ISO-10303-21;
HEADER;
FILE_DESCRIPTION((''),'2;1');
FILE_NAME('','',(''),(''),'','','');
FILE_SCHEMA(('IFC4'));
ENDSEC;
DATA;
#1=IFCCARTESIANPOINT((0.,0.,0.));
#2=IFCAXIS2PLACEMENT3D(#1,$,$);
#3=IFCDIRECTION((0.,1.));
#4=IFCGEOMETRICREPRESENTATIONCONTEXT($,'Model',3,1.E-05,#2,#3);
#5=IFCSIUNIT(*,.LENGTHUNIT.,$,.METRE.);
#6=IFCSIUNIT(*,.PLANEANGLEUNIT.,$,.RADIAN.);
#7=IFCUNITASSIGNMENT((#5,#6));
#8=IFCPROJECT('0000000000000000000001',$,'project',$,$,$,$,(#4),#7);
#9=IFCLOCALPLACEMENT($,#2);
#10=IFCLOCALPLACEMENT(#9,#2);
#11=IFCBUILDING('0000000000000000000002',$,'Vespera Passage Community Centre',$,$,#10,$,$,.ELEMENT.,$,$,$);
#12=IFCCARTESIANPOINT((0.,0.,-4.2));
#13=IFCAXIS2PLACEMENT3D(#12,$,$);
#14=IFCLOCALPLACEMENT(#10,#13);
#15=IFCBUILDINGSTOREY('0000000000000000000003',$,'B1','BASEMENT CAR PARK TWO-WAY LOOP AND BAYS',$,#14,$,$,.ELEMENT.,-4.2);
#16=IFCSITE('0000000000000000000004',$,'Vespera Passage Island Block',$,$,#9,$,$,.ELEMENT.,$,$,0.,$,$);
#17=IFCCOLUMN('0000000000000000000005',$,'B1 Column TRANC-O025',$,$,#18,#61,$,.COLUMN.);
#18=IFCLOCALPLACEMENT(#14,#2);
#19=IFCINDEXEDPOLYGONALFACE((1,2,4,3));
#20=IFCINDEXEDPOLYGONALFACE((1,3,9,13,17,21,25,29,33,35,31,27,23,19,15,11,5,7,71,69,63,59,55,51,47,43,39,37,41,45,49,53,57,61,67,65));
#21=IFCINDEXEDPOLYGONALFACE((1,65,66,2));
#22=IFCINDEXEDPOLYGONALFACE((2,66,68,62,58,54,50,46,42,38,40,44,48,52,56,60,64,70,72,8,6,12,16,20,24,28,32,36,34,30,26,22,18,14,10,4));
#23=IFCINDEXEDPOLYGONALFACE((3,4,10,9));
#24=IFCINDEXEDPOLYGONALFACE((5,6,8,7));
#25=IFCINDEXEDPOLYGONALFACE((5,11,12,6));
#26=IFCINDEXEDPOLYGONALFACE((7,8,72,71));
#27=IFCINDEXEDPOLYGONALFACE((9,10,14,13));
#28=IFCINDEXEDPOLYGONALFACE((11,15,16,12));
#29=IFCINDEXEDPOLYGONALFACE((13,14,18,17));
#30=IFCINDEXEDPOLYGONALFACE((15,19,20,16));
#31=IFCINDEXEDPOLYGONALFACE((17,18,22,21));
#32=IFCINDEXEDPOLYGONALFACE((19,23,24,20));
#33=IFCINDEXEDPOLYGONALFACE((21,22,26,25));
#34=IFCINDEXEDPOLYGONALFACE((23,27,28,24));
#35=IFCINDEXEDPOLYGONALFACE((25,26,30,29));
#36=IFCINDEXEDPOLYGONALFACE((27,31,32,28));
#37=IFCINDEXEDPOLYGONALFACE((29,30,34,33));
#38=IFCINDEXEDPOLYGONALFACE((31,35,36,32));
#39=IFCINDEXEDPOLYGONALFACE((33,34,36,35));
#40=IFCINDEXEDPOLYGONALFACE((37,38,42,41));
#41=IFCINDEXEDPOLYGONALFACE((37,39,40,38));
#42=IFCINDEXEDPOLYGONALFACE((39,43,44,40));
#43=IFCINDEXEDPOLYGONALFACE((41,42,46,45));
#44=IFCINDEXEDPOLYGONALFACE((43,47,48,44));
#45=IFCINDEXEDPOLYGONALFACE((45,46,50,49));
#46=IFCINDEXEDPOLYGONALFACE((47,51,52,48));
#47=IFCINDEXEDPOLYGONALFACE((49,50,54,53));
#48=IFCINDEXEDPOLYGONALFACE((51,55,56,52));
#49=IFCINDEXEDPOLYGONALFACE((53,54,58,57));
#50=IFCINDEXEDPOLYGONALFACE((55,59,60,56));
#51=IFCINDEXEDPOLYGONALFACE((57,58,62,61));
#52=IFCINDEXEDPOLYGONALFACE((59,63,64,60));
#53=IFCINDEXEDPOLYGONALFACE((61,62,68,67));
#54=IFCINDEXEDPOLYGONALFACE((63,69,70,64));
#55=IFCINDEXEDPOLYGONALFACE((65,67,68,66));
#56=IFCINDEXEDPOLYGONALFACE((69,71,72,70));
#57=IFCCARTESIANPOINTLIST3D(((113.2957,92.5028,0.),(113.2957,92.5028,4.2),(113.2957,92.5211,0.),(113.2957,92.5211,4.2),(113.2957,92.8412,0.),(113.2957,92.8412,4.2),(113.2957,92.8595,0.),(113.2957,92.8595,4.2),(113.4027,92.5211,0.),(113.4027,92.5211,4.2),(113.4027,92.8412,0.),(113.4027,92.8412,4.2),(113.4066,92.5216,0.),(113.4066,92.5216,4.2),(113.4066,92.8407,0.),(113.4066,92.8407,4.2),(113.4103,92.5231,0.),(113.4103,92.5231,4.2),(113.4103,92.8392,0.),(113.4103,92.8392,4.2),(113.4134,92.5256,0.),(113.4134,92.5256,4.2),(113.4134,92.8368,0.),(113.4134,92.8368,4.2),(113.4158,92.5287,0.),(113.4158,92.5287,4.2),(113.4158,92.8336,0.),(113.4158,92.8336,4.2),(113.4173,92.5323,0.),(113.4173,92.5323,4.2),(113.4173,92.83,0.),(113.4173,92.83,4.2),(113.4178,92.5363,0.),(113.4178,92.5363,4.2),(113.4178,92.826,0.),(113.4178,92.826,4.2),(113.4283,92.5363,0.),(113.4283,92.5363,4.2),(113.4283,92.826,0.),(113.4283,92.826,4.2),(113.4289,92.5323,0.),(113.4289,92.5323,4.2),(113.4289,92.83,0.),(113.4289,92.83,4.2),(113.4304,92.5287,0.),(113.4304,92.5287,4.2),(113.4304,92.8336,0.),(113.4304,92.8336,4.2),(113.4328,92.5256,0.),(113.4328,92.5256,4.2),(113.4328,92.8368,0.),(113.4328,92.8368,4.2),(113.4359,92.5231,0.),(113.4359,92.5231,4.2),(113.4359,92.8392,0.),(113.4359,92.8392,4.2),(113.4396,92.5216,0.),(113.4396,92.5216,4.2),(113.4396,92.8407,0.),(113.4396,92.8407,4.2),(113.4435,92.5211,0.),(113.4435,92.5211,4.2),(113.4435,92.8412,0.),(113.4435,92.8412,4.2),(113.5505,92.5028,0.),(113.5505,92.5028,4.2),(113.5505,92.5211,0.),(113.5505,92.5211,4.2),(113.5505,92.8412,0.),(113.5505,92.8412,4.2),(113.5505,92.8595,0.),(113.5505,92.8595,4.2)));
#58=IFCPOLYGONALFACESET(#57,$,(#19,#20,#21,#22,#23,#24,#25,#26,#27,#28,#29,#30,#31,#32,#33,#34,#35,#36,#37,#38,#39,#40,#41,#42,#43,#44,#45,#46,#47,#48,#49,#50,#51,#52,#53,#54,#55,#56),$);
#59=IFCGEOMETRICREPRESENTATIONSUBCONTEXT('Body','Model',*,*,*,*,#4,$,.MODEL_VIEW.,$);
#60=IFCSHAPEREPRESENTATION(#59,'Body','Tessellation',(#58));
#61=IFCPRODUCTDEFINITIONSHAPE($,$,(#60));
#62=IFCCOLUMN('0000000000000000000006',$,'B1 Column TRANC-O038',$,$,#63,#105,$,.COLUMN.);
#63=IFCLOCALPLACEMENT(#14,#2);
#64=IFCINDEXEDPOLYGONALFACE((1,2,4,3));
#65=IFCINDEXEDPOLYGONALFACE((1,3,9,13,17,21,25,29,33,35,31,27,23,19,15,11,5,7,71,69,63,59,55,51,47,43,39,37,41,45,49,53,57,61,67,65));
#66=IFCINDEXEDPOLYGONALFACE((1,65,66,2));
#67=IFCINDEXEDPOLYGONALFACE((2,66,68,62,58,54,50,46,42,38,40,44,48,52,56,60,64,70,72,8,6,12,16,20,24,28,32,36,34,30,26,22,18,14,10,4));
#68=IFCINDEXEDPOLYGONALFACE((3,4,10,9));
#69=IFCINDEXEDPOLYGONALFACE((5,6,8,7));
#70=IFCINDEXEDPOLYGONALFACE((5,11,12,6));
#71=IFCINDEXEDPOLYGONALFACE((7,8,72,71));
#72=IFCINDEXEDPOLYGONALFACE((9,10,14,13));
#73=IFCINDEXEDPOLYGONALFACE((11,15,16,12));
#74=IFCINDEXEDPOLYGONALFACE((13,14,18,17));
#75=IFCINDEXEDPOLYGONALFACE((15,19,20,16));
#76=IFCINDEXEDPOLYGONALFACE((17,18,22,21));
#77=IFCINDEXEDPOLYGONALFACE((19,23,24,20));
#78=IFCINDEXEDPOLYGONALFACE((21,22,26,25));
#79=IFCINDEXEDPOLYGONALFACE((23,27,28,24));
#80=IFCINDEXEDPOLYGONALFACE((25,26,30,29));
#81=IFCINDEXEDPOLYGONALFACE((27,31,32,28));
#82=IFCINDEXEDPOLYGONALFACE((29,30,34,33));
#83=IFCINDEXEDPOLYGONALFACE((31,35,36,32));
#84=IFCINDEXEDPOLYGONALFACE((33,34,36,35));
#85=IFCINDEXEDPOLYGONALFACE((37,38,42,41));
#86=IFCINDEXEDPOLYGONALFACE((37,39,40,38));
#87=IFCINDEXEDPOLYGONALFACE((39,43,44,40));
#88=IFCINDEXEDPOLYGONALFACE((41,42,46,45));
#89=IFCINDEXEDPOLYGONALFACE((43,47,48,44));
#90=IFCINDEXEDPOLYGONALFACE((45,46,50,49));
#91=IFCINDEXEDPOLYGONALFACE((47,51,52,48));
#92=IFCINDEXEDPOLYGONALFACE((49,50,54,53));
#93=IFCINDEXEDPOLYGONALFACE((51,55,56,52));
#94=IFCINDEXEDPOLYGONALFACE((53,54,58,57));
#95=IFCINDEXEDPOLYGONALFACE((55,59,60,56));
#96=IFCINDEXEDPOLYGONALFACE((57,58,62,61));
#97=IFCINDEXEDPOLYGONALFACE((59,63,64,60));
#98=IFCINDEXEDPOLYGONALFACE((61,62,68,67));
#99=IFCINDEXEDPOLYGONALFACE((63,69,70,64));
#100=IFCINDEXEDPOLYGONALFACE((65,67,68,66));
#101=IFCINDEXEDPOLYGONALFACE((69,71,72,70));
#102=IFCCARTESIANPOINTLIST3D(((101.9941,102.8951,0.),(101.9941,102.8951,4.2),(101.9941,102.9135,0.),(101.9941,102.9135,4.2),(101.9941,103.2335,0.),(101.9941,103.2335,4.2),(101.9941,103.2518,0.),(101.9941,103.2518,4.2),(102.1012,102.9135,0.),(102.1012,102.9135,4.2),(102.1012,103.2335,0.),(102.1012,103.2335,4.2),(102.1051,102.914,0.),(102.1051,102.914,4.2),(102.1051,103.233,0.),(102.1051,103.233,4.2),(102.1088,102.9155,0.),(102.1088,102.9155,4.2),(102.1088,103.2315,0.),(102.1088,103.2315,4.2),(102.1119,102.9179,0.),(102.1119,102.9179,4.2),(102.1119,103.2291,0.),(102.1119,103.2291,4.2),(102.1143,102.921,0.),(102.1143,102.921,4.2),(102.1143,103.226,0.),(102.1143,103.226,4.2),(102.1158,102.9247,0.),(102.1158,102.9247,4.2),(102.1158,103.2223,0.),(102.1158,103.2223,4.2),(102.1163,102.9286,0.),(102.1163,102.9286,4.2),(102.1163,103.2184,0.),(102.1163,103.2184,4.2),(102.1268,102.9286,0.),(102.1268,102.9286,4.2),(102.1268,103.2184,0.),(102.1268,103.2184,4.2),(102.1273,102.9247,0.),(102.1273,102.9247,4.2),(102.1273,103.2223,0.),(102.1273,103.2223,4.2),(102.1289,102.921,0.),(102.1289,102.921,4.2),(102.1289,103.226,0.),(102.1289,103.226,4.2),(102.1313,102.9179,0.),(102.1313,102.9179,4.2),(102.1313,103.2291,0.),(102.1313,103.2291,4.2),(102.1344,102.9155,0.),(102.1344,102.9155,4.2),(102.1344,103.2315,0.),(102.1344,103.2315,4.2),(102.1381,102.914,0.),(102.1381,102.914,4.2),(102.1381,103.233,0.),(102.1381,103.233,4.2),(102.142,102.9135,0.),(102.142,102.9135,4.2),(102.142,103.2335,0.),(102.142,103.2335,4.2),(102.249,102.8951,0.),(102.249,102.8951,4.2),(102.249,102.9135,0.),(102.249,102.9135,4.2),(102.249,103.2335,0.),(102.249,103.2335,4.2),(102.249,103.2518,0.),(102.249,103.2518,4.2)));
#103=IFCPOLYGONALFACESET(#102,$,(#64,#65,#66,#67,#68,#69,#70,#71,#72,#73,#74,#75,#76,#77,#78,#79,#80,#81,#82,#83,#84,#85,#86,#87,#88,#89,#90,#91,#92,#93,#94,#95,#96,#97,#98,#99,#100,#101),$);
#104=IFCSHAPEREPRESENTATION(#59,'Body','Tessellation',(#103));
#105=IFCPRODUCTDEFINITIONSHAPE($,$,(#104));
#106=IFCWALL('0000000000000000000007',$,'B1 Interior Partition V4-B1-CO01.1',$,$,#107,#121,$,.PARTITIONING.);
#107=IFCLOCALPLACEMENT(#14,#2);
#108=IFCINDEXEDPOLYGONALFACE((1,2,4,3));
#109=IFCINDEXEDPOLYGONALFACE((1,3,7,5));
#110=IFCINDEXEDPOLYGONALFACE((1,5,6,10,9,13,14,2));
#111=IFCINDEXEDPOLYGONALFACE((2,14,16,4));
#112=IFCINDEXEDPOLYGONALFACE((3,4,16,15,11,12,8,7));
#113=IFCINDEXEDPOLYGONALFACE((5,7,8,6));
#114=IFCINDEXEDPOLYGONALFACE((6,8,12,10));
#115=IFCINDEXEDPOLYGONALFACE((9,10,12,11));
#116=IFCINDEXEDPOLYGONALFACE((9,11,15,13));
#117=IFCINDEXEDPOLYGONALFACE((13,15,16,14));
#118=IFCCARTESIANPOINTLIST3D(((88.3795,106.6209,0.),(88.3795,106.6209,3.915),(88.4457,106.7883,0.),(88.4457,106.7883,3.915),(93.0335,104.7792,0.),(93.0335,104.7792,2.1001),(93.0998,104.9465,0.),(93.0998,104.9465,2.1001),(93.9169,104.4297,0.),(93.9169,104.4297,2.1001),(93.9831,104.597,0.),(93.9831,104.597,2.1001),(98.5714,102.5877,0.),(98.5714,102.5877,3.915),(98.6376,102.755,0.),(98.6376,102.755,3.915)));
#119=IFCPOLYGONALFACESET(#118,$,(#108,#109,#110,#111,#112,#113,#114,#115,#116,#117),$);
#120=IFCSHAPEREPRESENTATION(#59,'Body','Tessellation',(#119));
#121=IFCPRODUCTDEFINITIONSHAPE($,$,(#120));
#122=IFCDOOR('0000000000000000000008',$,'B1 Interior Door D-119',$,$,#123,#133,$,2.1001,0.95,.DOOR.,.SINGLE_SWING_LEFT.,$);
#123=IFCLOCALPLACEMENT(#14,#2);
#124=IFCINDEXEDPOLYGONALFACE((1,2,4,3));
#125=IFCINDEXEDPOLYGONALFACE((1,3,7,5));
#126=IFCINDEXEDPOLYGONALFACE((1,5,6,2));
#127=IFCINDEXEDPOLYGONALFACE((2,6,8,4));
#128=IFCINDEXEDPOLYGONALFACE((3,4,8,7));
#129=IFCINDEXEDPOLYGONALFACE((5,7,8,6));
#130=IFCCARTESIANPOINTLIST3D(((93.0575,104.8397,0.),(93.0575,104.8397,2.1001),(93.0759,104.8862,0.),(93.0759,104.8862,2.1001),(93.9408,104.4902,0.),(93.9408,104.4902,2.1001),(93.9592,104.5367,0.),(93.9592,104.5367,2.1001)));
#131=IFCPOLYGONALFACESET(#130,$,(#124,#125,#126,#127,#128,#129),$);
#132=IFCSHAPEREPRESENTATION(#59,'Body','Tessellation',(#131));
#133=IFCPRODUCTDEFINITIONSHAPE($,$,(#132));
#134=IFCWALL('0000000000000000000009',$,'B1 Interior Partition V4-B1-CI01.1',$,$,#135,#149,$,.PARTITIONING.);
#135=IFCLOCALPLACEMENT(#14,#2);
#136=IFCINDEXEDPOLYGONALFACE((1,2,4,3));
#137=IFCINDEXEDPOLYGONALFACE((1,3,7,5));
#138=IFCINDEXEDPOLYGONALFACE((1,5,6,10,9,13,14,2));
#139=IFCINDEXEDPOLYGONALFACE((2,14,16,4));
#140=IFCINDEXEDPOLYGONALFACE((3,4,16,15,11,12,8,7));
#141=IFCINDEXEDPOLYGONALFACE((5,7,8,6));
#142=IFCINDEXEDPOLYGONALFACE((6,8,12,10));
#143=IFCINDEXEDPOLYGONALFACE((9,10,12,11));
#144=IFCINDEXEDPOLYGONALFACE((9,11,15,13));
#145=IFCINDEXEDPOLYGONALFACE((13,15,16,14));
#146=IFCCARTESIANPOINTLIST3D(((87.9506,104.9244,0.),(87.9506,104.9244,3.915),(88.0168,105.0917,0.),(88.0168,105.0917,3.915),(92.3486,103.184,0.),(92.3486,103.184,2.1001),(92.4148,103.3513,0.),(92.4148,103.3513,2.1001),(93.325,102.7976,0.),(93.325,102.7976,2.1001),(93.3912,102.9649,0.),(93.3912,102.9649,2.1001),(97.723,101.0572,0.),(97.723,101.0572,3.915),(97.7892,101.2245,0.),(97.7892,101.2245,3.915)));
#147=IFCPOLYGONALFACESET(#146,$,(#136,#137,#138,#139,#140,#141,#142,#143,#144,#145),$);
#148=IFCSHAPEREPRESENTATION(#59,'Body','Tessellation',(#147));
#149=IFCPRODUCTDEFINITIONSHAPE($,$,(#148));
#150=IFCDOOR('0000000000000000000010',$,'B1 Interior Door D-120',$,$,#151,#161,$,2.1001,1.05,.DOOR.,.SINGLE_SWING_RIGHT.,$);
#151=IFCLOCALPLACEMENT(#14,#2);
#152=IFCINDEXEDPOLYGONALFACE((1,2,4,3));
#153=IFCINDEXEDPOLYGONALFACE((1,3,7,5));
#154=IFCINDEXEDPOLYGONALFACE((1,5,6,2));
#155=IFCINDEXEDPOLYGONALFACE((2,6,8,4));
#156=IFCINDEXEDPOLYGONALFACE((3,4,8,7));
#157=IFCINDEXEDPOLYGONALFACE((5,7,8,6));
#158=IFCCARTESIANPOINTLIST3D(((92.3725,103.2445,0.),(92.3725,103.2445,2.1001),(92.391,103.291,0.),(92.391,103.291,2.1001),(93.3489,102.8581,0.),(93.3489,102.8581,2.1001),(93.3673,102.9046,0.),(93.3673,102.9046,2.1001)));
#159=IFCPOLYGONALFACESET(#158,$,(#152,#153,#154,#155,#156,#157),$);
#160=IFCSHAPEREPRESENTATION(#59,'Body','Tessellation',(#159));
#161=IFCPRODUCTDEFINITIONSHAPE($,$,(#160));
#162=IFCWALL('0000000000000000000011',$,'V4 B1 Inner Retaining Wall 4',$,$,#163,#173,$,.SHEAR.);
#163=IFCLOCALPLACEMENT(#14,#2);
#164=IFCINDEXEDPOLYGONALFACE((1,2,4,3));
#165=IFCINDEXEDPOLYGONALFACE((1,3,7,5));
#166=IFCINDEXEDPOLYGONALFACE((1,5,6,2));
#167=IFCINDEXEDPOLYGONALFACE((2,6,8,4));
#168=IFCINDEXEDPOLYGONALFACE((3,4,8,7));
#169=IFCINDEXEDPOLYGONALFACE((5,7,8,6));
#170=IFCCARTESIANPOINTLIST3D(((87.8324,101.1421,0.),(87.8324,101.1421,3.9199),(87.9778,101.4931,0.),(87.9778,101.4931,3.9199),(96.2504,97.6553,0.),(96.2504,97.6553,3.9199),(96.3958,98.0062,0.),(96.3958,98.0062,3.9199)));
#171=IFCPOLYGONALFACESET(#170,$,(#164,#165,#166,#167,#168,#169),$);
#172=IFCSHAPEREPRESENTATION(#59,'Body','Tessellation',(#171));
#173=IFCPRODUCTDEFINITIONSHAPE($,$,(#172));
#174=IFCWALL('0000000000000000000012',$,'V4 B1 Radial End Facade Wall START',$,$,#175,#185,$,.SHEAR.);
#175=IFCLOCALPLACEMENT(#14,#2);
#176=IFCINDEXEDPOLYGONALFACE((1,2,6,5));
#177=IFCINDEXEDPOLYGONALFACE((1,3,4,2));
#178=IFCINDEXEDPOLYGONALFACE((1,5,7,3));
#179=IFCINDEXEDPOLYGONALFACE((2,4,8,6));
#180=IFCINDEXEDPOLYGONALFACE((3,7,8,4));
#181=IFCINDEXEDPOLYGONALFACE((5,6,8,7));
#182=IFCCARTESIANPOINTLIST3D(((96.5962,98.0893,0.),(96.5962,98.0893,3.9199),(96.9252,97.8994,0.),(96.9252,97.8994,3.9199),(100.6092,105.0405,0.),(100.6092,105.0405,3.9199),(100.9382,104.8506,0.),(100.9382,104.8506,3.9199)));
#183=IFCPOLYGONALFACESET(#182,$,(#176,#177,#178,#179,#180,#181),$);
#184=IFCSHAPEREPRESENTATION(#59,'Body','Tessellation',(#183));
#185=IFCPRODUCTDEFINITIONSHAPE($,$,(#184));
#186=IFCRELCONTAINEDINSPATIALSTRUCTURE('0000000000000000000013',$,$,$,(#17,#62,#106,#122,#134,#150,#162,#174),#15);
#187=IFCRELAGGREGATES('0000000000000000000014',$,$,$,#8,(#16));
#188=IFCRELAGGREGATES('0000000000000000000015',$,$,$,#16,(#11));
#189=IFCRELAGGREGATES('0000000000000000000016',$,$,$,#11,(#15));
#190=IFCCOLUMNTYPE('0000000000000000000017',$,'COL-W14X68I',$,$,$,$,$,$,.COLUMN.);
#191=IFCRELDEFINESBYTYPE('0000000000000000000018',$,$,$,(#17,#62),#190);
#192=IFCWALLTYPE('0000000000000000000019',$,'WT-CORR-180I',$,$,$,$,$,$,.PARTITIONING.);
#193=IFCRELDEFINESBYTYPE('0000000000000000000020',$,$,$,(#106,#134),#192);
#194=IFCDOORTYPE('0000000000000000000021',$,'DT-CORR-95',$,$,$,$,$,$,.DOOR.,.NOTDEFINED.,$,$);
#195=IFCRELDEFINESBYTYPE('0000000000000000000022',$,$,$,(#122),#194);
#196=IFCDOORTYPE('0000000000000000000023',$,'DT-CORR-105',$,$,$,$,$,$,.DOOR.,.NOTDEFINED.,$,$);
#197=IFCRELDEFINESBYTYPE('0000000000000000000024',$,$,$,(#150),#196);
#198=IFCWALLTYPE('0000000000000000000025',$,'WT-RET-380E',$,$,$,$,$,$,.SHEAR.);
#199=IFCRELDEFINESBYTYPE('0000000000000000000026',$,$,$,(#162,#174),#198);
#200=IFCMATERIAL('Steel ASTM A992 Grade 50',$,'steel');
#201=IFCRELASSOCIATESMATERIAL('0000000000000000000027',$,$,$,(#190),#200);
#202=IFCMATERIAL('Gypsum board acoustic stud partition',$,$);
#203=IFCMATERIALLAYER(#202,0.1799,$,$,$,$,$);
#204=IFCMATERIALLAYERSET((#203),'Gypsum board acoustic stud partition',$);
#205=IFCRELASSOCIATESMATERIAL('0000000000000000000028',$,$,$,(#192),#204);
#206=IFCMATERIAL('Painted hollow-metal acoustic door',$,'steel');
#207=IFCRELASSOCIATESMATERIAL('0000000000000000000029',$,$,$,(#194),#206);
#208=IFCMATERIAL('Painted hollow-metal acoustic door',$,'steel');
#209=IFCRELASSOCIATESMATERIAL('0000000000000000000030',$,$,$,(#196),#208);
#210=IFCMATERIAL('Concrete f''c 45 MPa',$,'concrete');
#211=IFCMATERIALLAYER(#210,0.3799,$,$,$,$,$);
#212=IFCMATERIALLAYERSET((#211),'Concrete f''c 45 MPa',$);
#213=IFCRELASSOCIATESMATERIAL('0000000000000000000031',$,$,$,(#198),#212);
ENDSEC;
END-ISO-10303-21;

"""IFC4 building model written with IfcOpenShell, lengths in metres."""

from ifc_helpers import new_model, si_unit, direction, frame, frame_2d, origin, origin_2d, place, context, subcontext, project, spatial, rectangle, i_section, extrude, material, layer, layer_set, material_profile, profile_set, type_object, element, fill, save


model = new_model("IFC4")

# Units and contexts
model_context = context("Model", 3, precision=1e-05, world=origin(), true_north=direction((0.0, 1.0)))
body_context = subcontext(model_context, "Body", "Model", "MODEL_VIEW")
ifc_project = project(units=[si_unit("LENGTHUNIT", "METRE"), si_unit("PLANEANGLEUNIT", "RADIAN")], contexts=[model_context])

# Site, building, storey
site_placement = place(None, origin())
site = spatial("IfcSite", under=ifc_project, at=site_placement, Name="Vespera Passage Island Block", CompositionType="ELEMENT", RefElevation=0.0)
building_placement = place(site_placement, origin())
building = spatial("IfcBuilding", under=site, at=building_placement, Name="Vespera Passage Community Centre", CompositionType="ELEMENT")
storey_placement = place(building_placement, frame((0.0, 0.0, -4.2)))
storey = spatial("IfcBuildingStorey", under=building, at=storey_placement, Name="B1", Description="BASEMENT CAR PARK TWO-WAY LOOP AND BAYS", CompositionType="ELEMENT", Elevation=-4.2)

# Columns
ifc_material_1 = material(Name="Steel ASTM A992 Grade 50", Category="steel")
ifc_material_profile_1 = material_profile(ifc_material_1, i_section(OverallWidth=0.2549, OverallDepth=0.3567, WebThickness=0.0105, FlangeThickness=0.0183, FilletRadius=0.0151, at=origin_2d()), Name="W14X68")
ifc_profile_set_1 = profile_set([ifc_material_profile_1], Name="Steel ASTM A992 Grade 50")
column_type_1 = type_object("IfcColumnType", Name="COL-W14X68I", PredefinedType="COLUMN", material=ifc_profile_set_1)
for number, where, z_axis, x_axis, name in (
    (1, (113.4231, 92.6812, 0.0), (0.0, 0.0, 1.0), (1.0, 0.0, 0.0), "B1 Column TRANC-O025"),
    (2, (102.1216, 103.0735, 0.0), (0.0, 0.0, 1.0), (1.0, 0.0, 0.0), "B1 Column TRANC-O038"),
):
    element("IfcColumn", number, at=place(storey_placement, frame(where, z_axis=z_axis, x_axis=x_axis)), inside=storey, type_object=column_type_1, Name=name, PredefinedType="COLUMN", context=body_context, shape_type="SweptSolid", body=[
        extrude(i_section(OverallWidth=0.2549, OverallDepth=0.3567, WebThickness=0.0105, FlangeThickness=0.0183, FilletRadius=0.0151, at=origin_2d()), origin(), (0.0, 0.0, 1.0), 4.2),
    ])

# Walls, openings, doors
ifc_material_2 = material(Name="Gypsum board acoustic stud partition")
ifc_layer_1 = layer(ifc_material_2, 0.1799)
ifc_layer_set_1 = layer_set([ifc_layer_1], Name="Gypsum board acoustic stud partition")
wall_type_1 = type_object("IfcWallType", Name="WT-CORR-180I", PredefinedType="PARTITIONING", material=ifc_layer_set_1)
wall_1_placement = place(storey_placement, frame((98.6045, 102.6714, 0.0), z_axis=(0.0, 0.0, 1.0), x_axis=(-0.929841, 0.367963, 0.0)))
wall_1 = element("IfcWall", 3, at=wall_1_placement, inside=storey, type_object=wall_type_1, Name="B1 Interior Partition V4-B1-CO01.1", PredefinedType="PARTITIONING", context=body_context, shape_type="SweptSolid", body=[
    extrude(rectangle(XDim=10.9609, YDim=0.1799, at=frame_2d((5.4805, 0.0))), origin(), (0.0, 0.0, 1.0), 3.915),
])
opening_1_placement = place(wall_1_placement, frame((5.0056, 0.0, 0.0)))
opening_1 = element("IfcOpeningElement", 4, at=opening_1_placement, cuts=wall_1, PredefinedType="OPENING", context=body_context, shape_type="SweptSolid", body=[
    extrude(rectangle(XDim=0.95, YDim=2.1001, at=frame_2d((0.4751, 1.05))), frame((0.0, 0.0999, 0.0), z_axis=(0.0, -1.0, 0.0), x_axis=(1.0, 0.0, 0.0)), (0.0, 0.0, 1.0), 0.2),
])
ifc_material_3 = material(Name="Painted hollow-metal acoustic door", Category="steel")
door_type_1 = type_object("IfcDoorType", Name="DT-CORR-95", OperationType="NOTDEFINED", PredefinedType="DOOR", material=ifc_material_3)
door_1_placement = place(opening_1_placement, origin())
door_1 = element("IfcDoor", 5, at=door_1_placement, inside=storey, type_object=door_type_1, Name="B1 Interior Door D-119", OperationType="SINGLE_SWING_LEFT", OverallHeight=2.1001, OverallWidth=0.95, PredefinedType="DOOR", context=body_context, shape_type="SweptSolid", body=[
    extrude(rectangle(XDim=0.95, YDim=2.1001, at=frame_2d((0.4751, 1.05))), frame((0.0, 0.0249, 0.0), z_axis=(0.0, -1.0, 0.0), x_axis=(1.0, 0.0, 0.0)), (0.0, 0.0, 1.0), 0.05),
])
fill(opening_1, door_1)
wall_2_placement = place(storey_placement, frame((97.7561, 101.1409, 0.0), z_axis=(0.0, 0.0, 1.0), x_axis=(-0.929842, 0.36796, 0.0)))
wall_2 = element("IfcWall", 6, at=wall_2_placement, inside=storey, type_object=wall_type_1, Name="B1 Interior Partition V4-B1-CI01.1", PredefinedType="PARTITIONING", context=body_context, shape_type="SweptSolid", body=[
    extrude(rectangle(XDim=10.5098, YDim=0.1799, at=frame_2d((5.2549, 0.0))), origin(), (0.0, 0.0, 1.0), 3.915),
])
opening_2_placement = place(wall_2_placement, frame((4.73, 0.0, 0.0)))
opening_2 = element("IfcOpeningElement", 7, at=opening_2_placement, cuts=wall_2, PredefinedType="OPENING", context=body_context, shape_type="SweptSolid", body=[
    extrude(rectangle(XDim=1.05, YDim=2.1001, at=frame_2d((0.5249, 1.05))), frame((0.0, 0.0999, 0.0), z_axis=(0.0, -1.0, 0.0), x_axis=(1.0, 0.0, 0.0)), (0.0, 0.0, 1.0), 0.2),
])
ifc_material_4 = material(Name="Painted hollow-metal acoustic door", Category="steel")
door_type_2 = type_object("IfcDoorType", Name="DT-CORR-105", OperationType="NOTDEFINED", PredefinedType="DOOR", material=ifc_material_4)
door_2_placement = place(opening_2_placement, origin())
door_2 = element("IfcDoor", 8, at=door_2_placement, inside=storey, type_object=door_type_2, Name="B1 Interior Door D-120", OperationType="SINGLE_SWING_RIGHT", OverallHeight=2.1001, OverallWidth=1.05, PredefinedType="DOOR", context=body_context, shape_type="SweptSolid", body=[
    extrude(rectangle(XDim=1.05, YDim=2.1001, at=frame_2d((0.5249, 1.05))), frame((0.0, 0.0249, 0.0), z_axis=(0.0, -1.0, 0.0), x_axis=(1.0, 0.0, 0.0)), (0.0, 0.0, 1.0), 0.05),
])
fill(opening_2, door_2)

# Walls
ifc_material_5 = material(Name="Concrete f'c 45 MPa", Category="concrete")
ifc_layer_2 = layer(ifc_material_5, 0.3799)
ifc_layer_set_2 = layer_set([ifc_layer_2], Name="Concrete f'c 45 MPa")
wall_type_2 = type_object("IfcWallType", Name="WT-RET-380E", PredefinedType="SHEAR", material=ifc_layer_set_2)
wall_3_placement = place(storey_placement, frame((96.323, 97.8308, 0.0), z_axis=(0.0, 0.0, 1.0), x_axis=(-0.92388, 0.382682, 0.0)))
element("IfcWall", 9, at=wall_3_placement, inside=storey, type_object=wall_type_2, Name="V4 B1 Inner Retaining Wall 4", PredefinedType="SHEAR", context=body_context, shape_type="SweptSolid", body=[
    extrude(rectangle(XDim=9.1116, YDim=0.3799, at=frame_2d((4.5557, 0.0))), origin(), (0.0, 0.0, 1.0), 3.9199),
])
wall_4_placement = place(storey_placement, frame((100.7737, 104.9456, 0.0), z_axis=(0.0, 0.0, 1.0), x_axis=(-0.49997, -0.866043, 0.0)))
element("IfcWall", 10, at=wall_4_placement, inside=storey, type_object=wall_type_2, Name="V4 B1 Radial End Facade Wall START", PredefinedType="SHEAR", context=body_context, shape_type="SweptSolid", body=[
    extrude(rectangle(XDim=8.0264, YDim=0.3799, at=frame_2d((4.0132, 0.0))), origin(), (0.0, 0.0, 1.0), 3.9199),
])

save(model, "model.ifc")
